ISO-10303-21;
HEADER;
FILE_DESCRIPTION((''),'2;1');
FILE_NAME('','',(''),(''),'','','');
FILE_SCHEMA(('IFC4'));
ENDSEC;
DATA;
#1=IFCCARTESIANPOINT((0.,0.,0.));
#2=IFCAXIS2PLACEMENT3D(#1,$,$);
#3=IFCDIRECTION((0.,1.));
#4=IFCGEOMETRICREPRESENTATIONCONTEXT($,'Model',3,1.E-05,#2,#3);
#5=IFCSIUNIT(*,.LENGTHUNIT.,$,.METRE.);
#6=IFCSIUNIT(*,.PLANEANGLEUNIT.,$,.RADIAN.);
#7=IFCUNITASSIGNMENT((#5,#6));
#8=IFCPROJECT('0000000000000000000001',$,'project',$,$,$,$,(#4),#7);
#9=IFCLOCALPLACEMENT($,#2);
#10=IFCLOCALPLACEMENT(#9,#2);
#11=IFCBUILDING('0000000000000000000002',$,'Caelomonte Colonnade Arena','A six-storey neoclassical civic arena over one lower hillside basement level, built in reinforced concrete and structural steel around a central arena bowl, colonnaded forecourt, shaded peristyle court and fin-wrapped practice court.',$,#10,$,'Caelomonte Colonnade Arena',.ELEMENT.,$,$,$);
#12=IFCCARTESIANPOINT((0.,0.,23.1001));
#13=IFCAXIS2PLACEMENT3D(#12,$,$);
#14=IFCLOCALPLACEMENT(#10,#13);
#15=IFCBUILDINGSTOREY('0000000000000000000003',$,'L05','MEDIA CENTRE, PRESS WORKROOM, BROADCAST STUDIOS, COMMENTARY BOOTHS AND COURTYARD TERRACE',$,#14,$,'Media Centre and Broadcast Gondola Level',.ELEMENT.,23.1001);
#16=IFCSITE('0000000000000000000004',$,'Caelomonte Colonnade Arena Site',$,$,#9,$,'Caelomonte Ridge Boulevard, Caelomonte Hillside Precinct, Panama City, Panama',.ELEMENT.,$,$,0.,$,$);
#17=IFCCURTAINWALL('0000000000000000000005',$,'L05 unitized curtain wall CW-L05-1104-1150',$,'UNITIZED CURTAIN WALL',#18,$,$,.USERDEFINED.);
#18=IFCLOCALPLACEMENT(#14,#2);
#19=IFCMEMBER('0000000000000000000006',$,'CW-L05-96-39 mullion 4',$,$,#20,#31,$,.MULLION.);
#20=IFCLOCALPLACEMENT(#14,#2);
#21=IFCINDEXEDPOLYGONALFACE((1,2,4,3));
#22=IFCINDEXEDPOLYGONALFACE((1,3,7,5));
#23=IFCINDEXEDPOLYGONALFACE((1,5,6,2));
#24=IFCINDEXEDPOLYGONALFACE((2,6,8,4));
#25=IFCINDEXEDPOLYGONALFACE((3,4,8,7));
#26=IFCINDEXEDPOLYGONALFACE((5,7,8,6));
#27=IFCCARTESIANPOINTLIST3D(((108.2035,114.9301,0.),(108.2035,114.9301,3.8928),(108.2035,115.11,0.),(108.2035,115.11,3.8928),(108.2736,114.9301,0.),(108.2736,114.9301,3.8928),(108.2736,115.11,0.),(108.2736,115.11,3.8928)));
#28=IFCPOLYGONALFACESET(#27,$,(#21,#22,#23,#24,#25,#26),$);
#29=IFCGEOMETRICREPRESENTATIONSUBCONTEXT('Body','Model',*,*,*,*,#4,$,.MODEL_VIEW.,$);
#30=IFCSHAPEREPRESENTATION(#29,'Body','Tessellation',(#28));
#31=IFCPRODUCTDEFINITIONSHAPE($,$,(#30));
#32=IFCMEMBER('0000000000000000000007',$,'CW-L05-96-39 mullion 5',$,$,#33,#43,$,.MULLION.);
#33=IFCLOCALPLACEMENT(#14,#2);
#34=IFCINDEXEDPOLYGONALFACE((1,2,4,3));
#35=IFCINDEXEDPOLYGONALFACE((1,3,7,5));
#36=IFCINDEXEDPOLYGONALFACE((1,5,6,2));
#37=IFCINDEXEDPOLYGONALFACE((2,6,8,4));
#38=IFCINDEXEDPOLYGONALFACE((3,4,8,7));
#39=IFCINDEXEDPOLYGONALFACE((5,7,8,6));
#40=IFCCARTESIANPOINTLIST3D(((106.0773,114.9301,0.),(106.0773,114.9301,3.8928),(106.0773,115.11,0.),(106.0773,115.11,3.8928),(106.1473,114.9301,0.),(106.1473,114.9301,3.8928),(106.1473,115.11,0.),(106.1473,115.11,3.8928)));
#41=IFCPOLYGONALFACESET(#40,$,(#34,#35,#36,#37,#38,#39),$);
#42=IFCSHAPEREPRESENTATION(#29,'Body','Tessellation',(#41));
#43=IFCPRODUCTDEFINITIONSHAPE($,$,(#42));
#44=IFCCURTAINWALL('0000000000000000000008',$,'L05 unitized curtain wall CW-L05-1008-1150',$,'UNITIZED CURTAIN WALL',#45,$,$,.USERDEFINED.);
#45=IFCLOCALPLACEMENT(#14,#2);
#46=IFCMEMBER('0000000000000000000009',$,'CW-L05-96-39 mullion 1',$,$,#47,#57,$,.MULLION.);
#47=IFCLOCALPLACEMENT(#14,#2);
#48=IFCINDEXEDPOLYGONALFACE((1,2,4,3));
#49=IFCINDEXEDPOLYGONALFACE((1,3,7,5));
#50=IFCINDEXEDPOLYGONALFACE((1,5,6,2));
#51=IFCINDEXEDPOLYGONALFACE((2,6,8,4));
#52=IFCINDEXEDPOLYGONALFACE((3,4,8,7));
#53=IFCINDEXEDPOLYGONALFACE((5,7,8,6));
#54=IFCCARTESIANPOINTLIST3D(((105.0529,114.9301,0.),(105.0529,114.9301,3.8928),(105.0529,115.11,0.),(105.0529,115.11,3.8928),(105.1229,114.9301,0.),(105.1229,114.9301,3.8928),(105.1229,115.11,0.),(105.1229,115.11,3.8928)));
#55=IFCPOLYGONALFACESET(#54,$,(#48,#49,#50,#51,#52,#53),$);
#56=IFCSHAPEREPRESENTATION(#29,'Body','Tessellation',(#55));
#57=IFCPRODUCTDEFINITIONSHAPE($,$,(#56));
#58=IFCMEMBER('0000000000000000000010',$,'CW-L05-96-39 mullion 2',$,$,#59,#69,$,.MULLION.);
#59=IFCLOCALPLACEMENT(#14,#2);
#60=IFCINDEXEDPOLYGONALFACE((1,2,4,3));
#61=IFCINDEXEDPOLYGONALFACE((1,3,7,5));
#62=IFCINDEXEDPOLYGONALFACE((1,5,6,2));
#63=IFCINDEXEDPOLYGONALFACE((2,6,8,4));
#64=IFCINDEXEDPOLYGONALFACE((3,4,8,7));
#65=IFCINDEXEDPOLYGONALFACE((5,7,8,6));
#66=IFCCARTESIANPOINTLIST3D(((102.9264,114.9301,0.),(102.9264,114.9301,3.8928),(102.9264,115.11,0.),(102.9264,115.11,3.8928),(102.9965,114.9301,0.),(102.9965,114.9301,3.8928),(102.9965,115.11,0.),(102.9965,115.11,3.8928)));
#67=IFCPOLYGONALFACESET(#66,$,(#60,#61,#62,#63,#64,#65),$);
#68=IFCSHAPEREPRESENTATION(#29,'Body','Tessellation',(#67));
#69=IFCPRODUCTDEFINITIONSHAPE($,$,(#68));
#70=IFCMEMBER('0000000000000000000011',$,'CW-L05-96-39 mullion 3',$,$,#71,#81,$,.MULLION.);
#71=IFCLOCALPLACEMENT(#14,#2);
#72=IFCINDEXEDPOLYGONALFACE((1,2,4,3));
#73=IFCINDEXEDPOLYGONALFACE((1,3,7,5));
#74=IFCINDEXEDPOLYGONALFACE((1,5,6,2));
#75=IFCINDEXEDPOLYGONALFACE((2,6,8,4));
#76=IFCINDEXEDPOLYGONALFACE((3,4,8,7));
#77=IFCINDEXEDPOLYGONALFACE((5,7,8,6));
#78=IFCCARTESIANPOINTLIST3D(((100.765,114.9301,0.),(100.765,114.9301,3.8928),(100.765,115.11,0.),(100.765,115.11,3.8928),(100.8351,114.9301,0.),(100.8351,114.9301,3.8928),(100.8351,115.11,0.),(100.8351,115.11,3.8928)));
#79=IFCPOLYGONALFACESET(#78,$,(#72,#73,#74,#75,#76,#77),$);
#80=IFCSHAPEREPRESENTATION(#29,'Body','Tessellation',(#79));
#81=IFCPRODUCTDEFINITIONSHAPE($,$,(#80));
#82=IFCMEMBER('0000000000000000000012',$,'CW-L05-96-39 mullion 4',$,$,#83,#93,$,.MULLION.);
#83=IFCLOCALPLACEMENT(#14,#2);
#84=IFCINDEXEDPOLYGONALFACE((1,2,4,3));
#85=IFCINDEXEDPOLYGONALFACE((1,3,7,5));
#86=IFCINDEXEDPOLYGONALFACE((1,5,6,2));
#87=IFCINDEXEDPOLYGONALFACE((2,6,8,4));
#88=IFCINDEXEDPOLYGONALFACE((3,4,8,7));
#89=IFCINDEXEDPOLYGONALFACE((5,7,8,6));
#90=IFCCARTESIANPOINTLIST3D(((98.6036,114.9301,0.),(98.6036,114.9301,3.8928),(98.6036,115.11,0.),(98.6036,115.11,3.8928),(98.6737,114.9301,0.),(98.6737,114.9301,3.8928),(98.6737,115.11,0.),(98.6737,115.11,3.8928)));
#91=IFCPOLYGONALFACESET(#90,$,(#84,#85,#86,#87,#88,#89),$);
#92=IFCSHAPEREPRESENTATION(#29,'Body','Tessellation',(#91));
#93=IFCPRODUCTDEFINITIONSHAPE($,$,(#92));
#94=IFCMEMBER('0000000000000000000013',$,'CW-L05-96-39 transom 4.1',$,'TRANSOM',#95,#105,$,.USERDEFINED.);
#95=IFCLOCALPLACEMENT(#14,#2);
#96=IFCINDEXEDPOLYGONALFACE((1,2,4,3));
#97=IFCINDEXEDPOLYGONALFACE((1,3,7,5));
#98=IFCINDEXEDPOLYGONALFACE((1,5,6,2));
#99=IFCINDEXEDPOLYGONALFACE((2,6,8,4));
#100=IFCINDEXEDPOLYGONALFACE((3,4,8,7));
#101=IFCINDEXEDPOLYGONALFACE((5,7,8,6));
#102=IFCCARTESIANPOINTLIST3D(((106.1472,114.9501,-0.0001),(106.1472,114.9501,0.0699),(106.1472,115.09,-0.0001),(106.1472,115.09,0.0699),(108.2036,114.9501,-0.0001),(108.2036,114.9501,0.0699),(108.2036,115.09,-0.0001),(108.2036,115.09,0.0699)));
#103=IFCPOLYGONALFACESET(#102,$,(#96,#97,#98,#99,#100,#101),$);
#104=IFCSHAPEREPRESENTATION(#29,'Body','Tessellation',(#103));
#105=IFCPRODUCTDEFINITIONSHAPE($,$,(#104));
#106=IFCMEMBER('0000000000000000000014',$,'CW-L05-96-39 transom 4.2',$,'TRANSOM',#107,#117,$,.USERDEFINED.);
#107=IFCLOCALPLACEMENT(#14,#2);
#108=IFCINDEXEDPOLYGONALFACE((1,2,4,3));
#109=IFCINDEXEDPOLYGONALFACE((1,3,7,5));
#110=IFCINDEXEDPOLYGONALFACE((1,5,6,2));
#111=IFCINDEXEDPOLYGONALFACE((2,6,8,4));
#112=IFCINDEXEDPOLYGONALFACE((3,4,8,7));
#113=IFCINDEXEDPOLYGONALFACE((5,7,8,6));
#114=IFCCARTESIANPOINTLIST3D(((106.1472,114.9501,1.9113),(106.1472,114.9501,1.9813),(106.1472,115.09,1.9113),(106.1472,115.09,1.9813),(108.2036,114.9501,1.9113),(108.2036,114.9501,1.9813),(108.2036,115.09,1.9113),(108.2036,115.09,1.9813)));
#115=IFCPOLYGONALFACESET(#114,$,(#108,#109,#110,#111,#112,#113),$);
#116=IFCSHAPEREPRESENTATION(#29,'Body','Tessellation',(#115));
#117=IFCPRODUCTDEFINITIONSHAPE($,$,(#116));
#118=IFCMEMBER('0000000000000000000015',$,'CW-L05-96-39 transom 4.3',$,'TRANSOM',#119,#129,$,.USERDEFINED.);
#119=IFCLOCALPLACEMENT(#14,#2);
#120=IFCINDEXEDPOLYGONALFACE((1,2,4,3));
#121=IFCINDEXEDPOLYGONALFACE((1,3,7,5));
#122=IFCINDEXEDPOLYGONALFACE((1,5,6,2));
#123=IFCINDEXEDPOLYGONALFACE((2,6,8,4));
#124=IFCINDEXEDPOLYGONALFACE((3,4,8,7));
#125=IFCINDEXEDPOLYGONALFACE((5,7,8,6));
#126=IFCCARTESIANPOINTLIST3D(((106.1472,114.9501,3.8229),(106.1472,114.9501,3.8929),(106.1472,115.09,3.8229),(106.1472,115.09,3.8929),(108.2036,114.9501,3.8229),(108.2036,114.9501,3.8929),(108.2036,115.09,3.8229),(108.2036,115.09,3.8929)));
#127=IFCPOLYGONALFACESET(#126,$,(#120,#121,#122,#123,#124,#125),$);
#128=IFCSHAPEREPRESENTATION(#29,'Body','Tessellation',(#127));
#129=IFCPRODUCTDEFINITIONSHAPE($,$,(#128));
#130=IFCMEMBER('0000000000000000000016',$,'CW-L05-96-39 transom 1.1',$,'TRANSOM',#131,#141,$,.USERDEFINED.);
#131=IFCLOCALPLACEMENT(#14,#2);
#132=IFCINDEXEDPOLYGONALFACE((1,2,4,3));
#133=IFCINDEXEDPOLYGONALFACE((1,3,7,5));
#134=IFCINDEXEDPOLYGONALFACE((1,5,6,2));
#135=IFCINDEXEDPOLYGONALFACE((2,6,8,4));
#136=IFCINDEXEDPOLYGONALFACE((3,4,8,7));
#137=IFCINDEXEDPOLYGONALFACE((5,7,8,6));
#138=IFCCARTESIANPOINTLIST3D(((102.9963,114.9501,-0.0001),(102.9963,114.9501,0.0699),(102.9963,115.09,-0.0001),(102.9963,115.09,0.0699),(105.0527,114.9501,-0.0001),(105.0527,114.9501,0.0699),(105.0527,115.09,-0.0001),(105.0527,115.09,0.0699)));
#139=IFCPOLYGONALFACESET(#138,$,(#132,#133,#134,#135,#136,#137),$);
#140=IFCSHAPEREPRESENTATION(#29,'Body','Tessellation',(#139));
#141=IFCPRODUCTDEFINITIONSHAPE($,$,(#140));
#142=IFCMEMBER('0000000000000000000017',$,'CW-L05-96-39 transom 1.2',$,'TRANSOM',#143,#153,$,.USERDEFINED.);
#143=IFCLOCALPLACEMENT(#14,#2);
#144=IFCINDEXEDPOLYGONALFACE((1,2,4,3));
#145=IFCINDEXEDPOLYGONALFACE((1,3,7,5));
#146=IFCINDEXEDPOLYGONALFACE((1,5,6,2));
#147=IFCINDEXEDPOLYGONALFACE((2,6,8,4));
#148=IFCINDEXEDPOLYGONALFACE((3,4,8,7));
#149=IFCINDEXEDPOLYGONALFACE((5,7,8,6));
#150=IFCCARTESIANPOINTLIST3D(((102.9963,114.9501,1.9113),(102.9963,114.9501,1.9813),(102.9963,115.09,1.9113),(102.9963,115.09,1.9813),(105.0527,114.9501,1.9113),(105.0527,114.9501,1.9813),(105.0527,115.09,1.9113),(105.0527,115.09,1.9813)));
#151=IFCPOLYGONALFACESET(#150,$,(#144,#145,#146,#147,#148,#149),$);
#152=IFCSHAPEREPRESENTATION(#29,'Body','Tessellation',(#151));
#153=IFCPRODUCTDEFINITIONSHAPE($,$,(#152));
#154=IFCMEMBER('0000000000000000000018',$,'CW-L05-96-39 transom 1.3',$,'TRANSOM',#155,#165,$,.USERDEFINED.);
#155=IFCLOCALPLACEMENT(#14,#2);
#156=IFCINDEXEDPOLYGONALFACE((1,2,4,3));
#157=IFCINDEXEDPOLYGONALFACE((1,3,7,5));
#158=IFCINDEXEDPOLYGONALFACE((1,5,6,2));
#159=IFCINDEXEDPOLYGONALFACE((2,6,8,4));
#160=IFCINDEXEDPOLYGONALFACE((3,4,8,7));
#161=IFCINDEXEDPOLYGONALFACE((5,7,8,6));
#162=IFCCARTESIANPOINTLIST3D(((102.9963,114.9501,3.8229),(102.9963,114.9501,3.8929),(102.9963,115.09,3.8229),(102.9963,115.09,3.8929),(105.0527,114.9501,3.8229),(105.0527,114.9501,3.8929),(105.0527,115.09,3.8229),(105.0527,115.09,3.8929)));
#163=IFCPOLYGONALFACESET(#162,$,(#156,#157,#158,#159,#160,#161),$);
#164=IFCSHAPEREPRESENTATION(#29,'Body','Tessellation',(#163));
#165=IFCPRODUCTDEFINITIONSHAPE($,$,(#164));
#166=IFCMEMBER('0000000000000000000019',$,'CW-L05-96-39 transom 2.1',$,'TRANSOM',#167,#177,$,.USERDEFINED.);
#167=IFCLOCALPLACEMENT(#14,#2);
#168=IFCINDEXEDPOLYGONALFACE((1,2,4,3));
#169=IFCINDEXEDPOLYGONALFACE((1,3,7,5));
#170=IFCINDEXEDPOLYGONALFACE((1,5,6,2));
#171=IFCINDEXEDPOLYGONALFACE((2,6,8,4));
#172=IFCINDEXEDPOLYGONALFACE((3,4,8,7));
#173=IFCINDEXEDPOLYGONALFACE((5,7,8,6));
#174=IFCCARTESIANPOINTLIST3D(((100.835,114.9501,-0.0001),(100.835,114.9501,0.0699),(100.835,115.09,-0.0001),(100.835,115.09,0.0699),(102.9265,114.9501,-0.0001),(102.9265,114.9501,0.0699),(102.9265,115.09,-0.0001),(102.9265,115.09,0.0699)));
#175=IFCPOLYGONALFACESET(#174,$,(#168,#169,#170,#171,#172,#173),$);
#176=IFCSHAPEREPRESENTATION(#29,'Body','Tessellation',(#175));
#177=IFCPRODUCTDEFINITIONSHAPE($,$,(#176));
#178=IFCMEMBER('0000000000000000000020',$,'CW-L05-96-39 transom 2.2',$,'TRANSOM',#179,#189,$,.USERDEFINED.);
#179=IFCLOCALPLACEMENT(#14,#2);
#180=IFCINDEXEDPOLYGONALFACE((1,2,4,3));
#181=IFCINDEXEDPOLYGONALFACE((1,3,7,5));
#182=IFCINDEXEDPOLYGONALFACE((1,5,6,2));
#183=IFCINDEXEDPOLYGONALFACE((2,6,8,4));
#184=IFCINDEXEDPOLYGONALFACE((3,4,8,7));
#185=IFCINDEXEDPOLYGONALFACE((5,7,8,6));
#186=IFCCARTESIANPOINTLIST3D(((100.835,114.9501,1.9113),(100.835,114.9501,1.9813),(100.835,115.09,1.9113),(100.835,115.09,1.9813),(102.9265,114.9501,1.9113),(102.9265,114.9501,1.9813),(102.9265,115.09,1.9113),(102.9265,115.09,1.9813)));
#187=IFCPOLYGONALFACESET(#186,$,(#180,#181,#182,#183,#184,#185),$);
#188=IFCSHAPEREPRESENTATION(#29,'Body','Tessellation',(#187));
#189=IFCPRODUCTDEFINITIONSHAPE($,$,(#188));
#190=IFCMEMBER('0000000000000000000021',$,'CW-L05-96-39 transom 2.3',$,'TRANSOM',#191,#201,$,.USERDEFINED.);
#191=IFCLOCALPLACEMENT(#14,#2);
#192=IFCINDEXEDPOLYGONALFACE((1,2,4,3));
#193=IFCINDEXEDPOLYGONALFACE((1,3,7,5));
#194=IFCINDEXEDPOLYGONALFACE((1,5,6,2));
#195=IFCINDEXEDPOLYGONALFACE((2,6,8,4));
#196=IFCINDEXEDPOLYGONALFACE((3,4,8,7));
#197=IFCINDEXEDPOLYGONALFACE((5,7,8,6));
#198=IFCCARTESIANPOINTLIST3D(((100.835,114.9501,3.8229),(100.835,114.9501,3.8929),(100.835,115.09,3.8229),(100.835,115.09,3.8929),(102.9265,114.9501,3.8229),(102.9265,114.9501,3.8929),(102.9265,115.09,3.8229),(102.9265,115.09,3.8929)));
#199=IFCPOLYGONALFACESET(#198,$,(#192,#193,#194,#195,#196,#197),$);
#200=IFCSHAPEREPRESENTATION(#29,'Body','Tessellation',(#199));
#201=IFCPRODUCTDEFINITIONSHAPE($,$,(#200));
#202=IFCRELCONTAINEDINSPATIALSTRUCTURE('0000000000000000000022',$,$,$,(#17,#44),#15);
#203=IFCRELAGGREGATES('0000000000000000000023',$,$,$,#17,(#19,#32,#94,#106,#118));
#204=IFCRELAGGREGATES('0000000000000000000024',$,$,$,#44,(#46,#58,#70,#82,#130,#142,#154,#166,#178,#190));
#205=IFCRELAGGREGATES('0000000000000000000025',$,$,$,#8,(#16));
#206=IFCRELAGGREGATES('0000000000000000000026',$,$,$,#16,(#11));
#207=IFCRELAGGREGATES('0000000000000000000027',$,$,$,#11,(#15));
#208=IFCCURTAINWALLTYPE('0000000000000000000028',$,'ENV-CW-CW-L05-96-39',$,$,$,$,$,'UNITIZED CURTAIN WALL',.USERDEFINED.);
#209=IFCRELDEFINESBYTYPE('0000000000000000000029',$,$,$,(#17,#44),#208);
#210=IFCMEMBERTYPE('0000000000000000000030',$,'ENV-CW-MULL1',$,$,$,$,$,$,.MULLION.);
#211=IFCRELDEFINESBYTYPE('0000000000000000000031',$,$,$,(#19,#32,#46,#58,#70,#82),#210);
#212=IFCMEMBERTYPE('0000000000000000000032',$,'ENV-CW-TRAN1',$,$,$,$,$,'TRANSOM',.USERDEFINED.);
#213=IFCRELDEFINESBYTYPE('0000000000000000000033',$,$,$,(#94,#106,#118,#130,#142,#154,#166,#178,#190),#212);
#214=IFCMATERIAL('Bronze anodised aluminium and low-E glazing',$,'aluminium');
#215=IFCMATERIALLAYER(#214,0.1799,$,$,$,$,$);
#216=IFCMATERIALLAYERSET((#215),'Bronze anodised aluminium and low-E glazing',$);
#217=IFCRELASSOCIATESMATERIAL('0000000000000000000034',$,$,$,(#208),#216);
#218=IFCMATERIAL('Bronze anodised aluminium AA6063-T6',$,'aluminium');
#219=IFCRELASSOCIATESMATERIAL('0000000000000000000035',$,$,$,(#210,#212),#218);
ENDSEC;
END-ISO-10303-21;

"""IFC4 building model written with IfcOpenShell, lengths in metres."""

from ifc_helpers import new_model, si_unit, direction, frame, origin, origin_2d, place, context, subcontext, project, spatial, rectangle, extrude, material, layer, layer_set, material_profile, profile_set, type_object, element, aggregate, save


model = new_model("IFC4")

# Units and contexts
model_context = context("Model", 3, precision=1e-05, world=origin(), true_north=direction((0.0, 1.0)))
body_context = subcontext(model_context, "Body", "Model", "MODEL_VIEW")
ifc_project = project(units=[si_unit("LENGTHUNIT", "METRE"), si_unit("PLANEANGLEUNIT", "RADIAN")], contexts=[model_context])

# Site, building, storey
site_placement = place(None, origin())
site = spatial("IfcSite", under=ifc_project, at=site_placement, Name="Caelomonte Colonnade Arena Site", LongName="Caelomonte Ridge Boulevard, Caelomonte Hillside Precinct, Panama City, Panama", CompositionType="ELEMENT", RefElevation=0.0)
building_placement = place(site_placement, origin())
building = spatial("IfcBuilding", under=site, at=building_placement, Name="Caelomonte Colonnade Arena", Description="A six-storey neoclassical civic arena over one lower hillside basement level, built in reinforced concrete and structural steel around a central arena bowl, colonnaded forecourt, shaded peristyle court and fin-wrapped practice court.", LongName="Caelomonte Colonnade Arena", CompositionType="ELEMENT")
storey_placement = place(building_placement, frame((0.0, 0.0, 23.1001)))
storey = spatial("IfcBuildingStorey", under=building, at=storey_placement, Name="L05", Description="MEDIA CENTRE, PRESS WORKROOM, BROADCAST STUDIOS, COMMENTARY BOOTHS AND COURTYARD TERRACE", LongName="Media Centre and Broadcast Gondola Level", CompositionType="ELEMENT", Elevation=23.1001)

# Curtain walls, members
ifc_material_1 = material(Name="Bronze anodised aluminium and low-E glazing", Category="aluminium")
ifc_layer_1 = layer(ifc_material_1, 0.1799)
ifc_layer_set_1 = layer_set([ifc_layer_1], Name="Bronze anodised aluminium and low-E glazing")
curtain_wall_type = type_object("IfcCurtainWallType", Name="ENV-CW-CW-L05-96-39", ElementType="UNITIZED CURTAIN WALL", PredefinedType="USERDEFINED", material=ifc_layer_set_1)
curtain_wall_1_placement = place(storey_placement, origin())
curtain_wall_1 = element("IfcCurtainWall", 1, at=curtain_wall_1_placement, inside=storey, type_object=curtain_wall_type, Name="L05 unitized curtain wall CW-L05-1104-1150", ObjectType="UNITIZED CURTAIN WALL", PredefinedType="USERDEFINED")
ifc_material_2 = material(Name="Bronze anodised aluminium AA6063-T6", Category="aluminium")
ifc_material_profile_1 = material_profile(ifc_material_2, rectangle(XDim=0.0701, YDim=0.1799, at=origin_2d()), Name="CWM-70X180")
ifc_profile_set_1 = profile_set([ifc_material_profile_1], Name="Bronze anodised aluminium AA6063-T6")
member_type_1 = type_object("IfcMemberType", Name="ENV-CW-MULL1", PredefinedType="MULLION", material=ifc_profile_set_1)
member_1_placement = place(storey_placement, frame((108.2385, 115.02, 0.0), z_axis=(0.0, 0.0, 1.0), x_axis=(-1.0, 0.0, 0.0)))
member_1 = element("IfcMember", 2, at=member_1_placement, type_object=member_type_1, Name="CW-L05-96-39 mullion 4", PredefinedType="MULLION", context=body_context, shape_type="SweptSolid", body=[
    extrude(rectangle(XDim=0.0701, YDim=0.1799, at=origin_2d()), origin(), (0.0, 0.0, 1.0), 3.8928),
])
member_2_placement = place(storey_placement, frame((106.1123, 115.02, 0.0), z_axis=(0.0, 0.0, 1.0), x_axis=(-1.0, 0.0, 0.0)))
member_2 = element("IfcMember", 3, at=member_2_placement, type_object=member_type_1, Name="CW-L05-96-39 mullion 5", PredefinedType="MULLION", context=body_context, shape_type="SweptSolid", body=[
    extrude(rectangle(XDim=0.0701, YDim=0.1799, at=origin_2d()), origin(), (0.0, 0.0, 1.0), 3.8928),
])
curtain_wall_2_placement = place(storey_placement, origin())
curtain_wall_2 = element("IfcCurtainWall", 4, at=curtain_wall_2_placement, inside=storey, type_object=curtain_wall_type, Name="L05 unitized curtain wall CW-L05-1008-1150", ObjectType="UNITIZED CURTAIN WALL", PredefinedType="USERDEFINED")
member_3_placement = place(storey_placement, frame((105.0879, 115.02, 0.0), z_axis=(0.0, 0.0, 1.0), x_axis=(-1.0, 0.0, 0.0)))
member_3 = element("IfcMember", 5, at=member_3_placement, type_object=member_type_1, Name="CW-L05-96-39 mullion 1", PredefinedType="MULLION", context=body_context, shape_type="SweptSolid", body=[
    extrude(rectangle(XDim=0.0701, YDim=0.1799, at=origin_2d()), origin(), (0.0, 0.0, 1.0), 3.8928),
])
member_4_placement = place(storey_placement, frame((102.9614, 115.02, 0.0), z_axis=(0.0, 0.0, 1.0), x_axis=(-1.0, 0.0, 0.0)))
member_4 = element("IfcMember", 6, at=member_4_placement, type_object=member_type_1, Name="CW-L05-96-39 mullion 2", PredefinedType="MULLION", context=body_context, shape_type="SweptSolid", body=[
    extrude(rectangle(XDim=0.0701, YDim=0.1799, at=origin_2d()), origin(), (0.0, 0.0, 1.0), 3.8928),
])
member_5_placement = place(storey_placement, frame((100.8, 115.02, 0.0), z_axis=(0.0, 0.0, 1.0), x_axis=(-1.0, 0.0, 0.0)))
member_5 = element("IfcMember", 7, at=member_5_placement, type_object=member_type_1, Name="CW-L05-96-39 mullion 3", PredefinedType="MULLION", context=body_context, shape_type="SweptSolid", body=[
    extrude(rectangle(XDim=0.0701, YDim=0.1799, at=origin_2d()), origin(), (0.0, 0.0, 1.0), 3.8928),
])
member_6_placement = place(storey_placement, frame((98.6387, 115.02, 0.0), z_axis=(0.0, 0.0, 1.0), x_axis=(-1.0, 0.0, 0.0)))
member_6 = element("IfcMember", 8, at=member_6_placement, type_object=member_type_1, Name="CW-L05-96-39 mullion 4", PredefinedType="MULLION", context=body_context, shape_type="SweptSolid", body=[
    extrude(rectangle(XDim=0.0701, YDim=0.1799, at=origin_2d()), origin(), (0.0, 0.0, 1.0), 3.8928),
])

# Members
ifc_material_profile_2 = material_profile(ifc_material_2, rectangle(XDim=0.0701, YDim=0.1399, at=origin_2d()), Name="CWT-70X140")
ifc_profile_set_2 = profile_set([ifc_material_profile_2], Name="Bronze anodised aluminium AA6063-T6")
member_type_2 = type_object("IfcMemberType", Name="ENV-CW-TRAN1", ElementType="TRANSOM", PredefinedType="USERDEFINED", material=ifc_profile_set_2)
member_7_placement = place(storey_placement, frame((108.2036, 115.02, 0.0349), z_axis=(-1.0, 0.0, 0.0), x_axis=(0.0, 0.0, 1.0)))
member_7 = element("IfcMember", 9, at=member_7_placement, type_object=member_type_2, Name="CW-L05-96-39 transom 4.1", ObjectType="TRANSOM", PredefinedType="USERDEFINED", context=body_context, shape_type="SweptSolid", body=[
    extrude(rectangle(XDim=0.0701, YDim=0.1399, at=origin_2d()), origin(), (0.0, 0.0, 1.0), 2.0564),
])
member_8_placement = place(storey_placement, frame((108.2036, 115.02, 1.9463), z_axis=(-1.0, 0.0, 0.0), x_axis=(0.0, 0.0, 1.0)))
member_8 = element("IfcMember", 10, at=member_8_placement, type_object=member_type_2, Name="CW-L05-96-39 transom 4.2", ObjectType="TRANSOM", PredefinedType="USERDEFINED", context=body_context, shape_type="SweptSolid", body=[
    extrude(rectangle(XDim=0.0701, YDim=0.1399, at=origin_2d()), origin(), (0.0, 0.0, 1.0), 2.0564),
])
member_9_placement = place(storey_placement, frame((108.2036, 115.02, 3.8579), z_axis=(-1.0, 0.0, 0.0), x_axis=(0.0, 0.0, 1.0)))
member_9 = element("IfcMember", 11, at=member_9_placement, type_object=member_type_2, Name="CW-L05-96-39 transom 4.3", ObjectType="TRANSOM", PredefinedType="USERDEFINED", context=body_context, shape_type="SweptSolid", body=[
    extrude(rectangle(XDim=0.0701, YDim=0.1399, at=origin_2d()), origin(), (0.0, 0.0, 1.0), 2.0564),
])
member_10_placement = place(storey_placement, frame((105.0527, 115.02, 0.0349), z_axis=(-1.0, 0.0, 0.0), x_axis=(0.0, 0.0, 1.0)))
member_10 = element("IfcMember", 12, at=member_10_placement, type_object=member_type_2, Name="CW-L05-96-39 transom 1.1", ObjectType="TRANSOM", PredefinedType="USERDEFINED", context=body_context, shape_type="SweptSolid", body=[
    extrude(rectangle(XDim=0.0701, YDim=0.1399, at=origin_2d()), origin(), (0.0, 0.0, 1.0), 2.0564),
])
member_11_placement = place(storey_placement, frame((105.0527, 115.02, 1.9463), z_axis=(-1.0, 0.0, 0.0), x_axis=(0.0, 0.0, 1.0)))
member_11 = element("IfcMember", 13, at=member_11_placement, type_object=member_type_2, Name="CW-L05-96-39 transom 1.2", ObjectType="TRANSOM", PredefinedType="USERDEFINED", context=body_context, shape_type="SweptSolid", body=[
    extrude(rectangle(XDim=0.0701, YDim=0.1399, at=origin_2d()), origin(), (0.0, 0.0, 1.0), 2.0564),
])
member_12_placement = place(storey_placement, frame((105.0527, 115.02, 3.8579), z_axis=(-1.0, 0.0, 0.0), x_axis=(0.0, 0.0, 1.0)))
member_12 = element("IfcMember", 14, at=member_12_placement, type_object=member_type_2, Name="CW-L05-96-39 transom 1.3", ObjectType="TRANSOM", PredefinedType="USERDEFINED", context=body_context, shape_type="SweptSolid", body=[
    extrude(rectangle(XDim=0.0701, YDim=0.1399, at=origin_2d()), origin(), (0.0, 0.0, 1.0), 2.0564),
])
member_13_placement = place(storey_placement, frame((102.9265, 115.02, 0.0349), z_axis=(-1.0, 0.0, 0.0), x_axis=(0.0, 0.0, 1.0)))
member_13 = element("IfcMember", 15, at=member_13_placement, type_object=member_type_2, Name="CW-L05-96-39 transom 2.1", ObjectType="TRANSOM", PredefinedType="USERDEFINED", context=body_context, shape_type="SweptSolid", body=[
    extrude(rectangle(XDim=0.0701, YDim=0.1399, at=origin_2d()), origin(), (0.0, 0.0, 1.0), 2.0916),
])
member_14_placement = place(storey_placement, frame((102.9265, 115.02, 1.9463), z_axis=(-1.0, 0.0, 0.0), x_axis=(0.0, 0.0, 1.0)))
member_14 = element("IfcMember", 16, at=member_14_placement, type_object=member_type_2, Name="CW-L05-96-39 transom 2.2", ObjectType="TRANSOM", PredefinedType="USERDEFINED", context=body_context, shape_type="SweptSolid", body=[
    extrude(rectangle(XDim=0.0701, YDim=0.1399, at=origin_2d()), origin(), (0.0, 0.0, 1.0), 2.0916),
])
member_15_placement = place(storey_placement, frame((102.9265, 115.02, 3.8579), z_axis=(-1.0, 0.0, 0.0), x_axis=(0.0, 0.0, 1.0)))
member_15 = element("IfcMember", 17, at=member_15_placement, type_object=member_type_2, Name="CW-L05-96-39 transom 2.3", ObjectType="TRANSOM", PredefinedType="USERDEFINED", context=body_context, shape_type="SweptSolid", body=[
    extrude(rectangle(XDim=0.0701, YDim=0.1399, at=origin_2d()), origin(), (0.0, 0.0, 1.0), 2.0916),
])

aggregate(curtain_wall_1, [member_1, member_2, member_7, member_8, member_9])
aggregate(curtain_wall_2, [member_3, member_4, member_5, member_6, member_10, member_11, member_12, member_13, member_14, member_15])

save(model, "model.ifc")
